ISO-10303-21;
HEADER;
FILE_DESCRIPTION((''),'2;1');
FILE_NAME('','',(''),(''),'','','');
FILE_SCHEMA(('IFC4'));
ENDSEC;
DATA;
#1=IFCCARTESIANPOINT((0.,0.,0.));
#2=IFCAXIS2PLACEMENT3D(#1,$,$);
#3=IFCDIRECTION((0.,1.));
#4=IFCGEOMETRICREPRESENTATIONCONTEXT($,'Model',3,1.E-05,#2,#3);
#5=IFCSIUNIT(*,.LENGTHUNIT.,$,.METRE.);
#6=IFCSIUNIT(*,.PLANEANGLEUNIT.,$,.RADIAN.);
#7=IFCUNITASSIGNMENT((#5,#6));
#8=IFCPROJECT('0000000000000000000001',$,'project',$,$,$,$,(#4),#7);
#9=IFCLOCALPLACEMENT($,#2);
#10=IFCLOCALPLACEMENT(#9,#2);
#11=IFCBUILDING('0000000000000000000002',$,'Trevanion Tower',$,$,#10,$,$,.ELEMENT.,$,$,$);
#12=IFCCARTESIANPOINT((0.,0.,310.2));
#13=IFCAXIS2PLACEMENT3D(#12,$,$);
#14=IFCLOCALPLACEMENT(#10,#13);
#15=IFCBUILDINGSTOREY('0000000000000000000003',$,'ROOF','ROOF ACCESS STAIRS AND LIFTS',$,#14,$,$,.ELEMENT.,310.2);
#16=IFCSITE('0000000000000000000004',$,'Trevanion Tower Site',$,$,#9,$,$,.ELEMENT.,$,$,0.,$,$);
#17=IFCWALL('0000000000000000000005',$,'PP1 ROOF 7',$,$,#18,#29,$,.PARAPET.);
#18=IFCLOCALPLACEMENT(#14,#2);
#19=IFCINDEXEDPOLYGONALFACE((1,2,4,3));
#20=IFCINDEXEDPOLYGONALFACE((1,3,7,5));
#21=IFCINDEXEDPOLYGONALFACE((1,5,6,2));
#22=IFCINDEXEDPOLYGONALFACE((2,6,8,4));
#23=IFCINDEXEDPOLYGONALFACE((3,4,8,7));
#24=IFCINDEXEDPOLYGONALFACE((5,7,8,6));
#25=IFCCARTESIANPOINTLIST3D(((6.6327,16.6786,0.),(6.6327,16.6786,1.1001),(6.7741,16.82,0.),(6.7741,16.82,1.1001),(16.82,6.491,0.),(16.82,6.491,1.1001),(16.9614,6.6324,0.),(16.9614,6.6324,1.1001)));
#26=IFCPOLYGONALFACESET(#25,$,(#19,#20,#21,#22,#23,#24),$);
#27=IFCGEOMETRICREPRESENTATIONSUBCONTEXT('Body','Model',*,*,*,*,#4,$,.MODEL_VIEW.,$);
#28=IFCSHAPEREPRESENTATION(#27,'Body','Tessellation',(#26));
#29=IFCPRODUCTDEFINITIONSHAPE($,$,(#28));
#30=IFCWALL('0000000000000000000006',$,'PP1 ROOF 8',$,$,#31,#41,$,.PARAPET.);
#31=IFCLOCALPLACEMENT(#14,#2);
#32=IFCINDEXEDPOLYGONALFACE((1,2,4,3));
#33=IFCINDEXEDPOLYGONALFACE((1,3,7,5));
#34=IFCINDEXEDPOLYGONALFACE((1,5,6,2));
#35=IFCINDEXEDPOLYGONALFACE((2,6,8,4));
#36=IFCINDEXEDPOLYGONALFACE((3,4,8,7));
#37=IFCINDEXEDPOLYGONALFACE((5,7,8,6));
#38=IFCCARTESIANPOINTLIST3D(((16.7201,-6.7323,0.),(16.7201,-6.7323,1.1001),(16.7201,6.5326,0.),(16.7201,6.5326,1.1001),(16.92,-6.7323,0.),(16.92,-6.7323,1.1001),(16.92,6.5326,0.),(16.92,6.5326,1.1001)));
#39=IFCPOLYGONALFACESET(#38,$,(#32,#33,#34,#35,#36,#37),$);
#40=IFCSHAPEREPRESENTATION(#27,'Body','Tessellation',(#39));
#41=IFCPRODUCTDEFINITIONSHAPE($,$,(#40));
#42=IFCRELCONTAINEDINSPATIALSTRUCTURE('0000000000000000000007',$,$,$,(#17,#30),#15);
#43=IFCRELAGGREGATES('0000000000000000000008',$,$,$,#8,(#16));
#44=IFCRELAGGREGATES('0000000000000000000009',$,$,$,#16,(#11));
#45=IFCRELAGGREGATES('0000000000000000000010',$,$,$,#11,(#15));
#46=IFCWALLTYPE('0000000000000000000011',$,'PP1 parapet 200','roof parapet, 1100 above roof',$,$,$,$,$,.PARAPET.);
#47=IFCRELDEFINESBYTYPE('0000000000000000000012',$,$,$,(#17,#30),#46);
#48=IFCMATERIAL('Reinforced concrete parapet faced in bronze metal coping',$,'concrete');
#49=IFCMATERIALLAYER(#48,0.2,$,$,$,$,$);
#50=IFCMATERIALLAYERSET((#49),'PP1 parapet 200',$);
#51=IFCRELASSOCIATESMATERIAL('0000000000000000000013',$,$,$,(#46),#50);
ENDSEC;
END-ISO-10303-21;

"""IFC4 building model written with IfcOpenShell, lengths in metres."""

from ifc_helpers import new_model, si_unit, direction, frame, frame_2d, origin, place, context, subcontext, project, spatial, rectangle, extrude, material, layer, layer_set, type_object, element, save


model = new_model("IFC4")

# Units and contexts
model_context = context("Model", 3, precision=1e-05, world=origin(), true_north=direction((0.0, 1.0)))
body_context = subcontext(model_context, "Body", "Model", "MODEL_VIEW")
ifc_project = project(units=[si_unit("LENGTHUNIT", "METRE"), si_unit("PLANEANGLEUNIT", "RADIAN")], contexts=[model_context])

# Site, building, storey
site_placement = place(None, origin())
site = spatial("IfcSite", under=ifc_project, at=site_placement, Name="Trevanion Tower Site", CompositionType="ELEMENT", RefElevation=0.0)
building_placement = place(site_placement, origin())
building = spatial("IfcBuilding", under=site, at=building_placement, Name="Trevanion Tower", CompositionType="ELEMENT")
storey_placement = place(building_placement, frame((0.0, 0.0, 310.2)))
storey = spatial("IfcBuildingStorey", under=building, at=storey_placement, Name="ROOF", Description="ROOF ACCESS STAIRS AND LIFTS", CompositionType="ELEMENT", Elevation=310.2)

# Walls
ifc_material_1 = material(Name="Reinforced concrete parapet faced in bronze metal coping", Category="concrete")
ifc_layer_1 = layer(ifc_material_1, 0.2)
ifc_layer_set_1 = layer_set([ifc_layer_1], Name="PP1 parapet 200")
wall_type = type_object("IfcWallType", Name="PP1 parapet 200", Description="roof parapet, 1100 above roof", PredefinedType="PARAPET", material=ifc_layer_set_1)
wall_1_placement = place(storey_placement, frame((6.7034, 16.7493, 0.0), z_axis=(0.0, 0.0, 1.0), x_axis=(0.707098, -0.707115, 0.0)))
element("IfcWall", 1, at=wall_1_placement, inside=storey, type_object=wall_type, Name="PP1 ROOF 7", PredefinedType="PARAPET", context=body_context, shape_type="SweptSolid", body=[
    extrude(rectangle(XDim=14.4072, YDim=0.2, at=frame_2d((7.2036, 0.0))), origin(), (0.0, 0.0, 1.0), 1.1001),
])
wall_2_placement = place(storey_placement, frame((16.8201, 6.5325, 0.0), z_axis=(0.0, 0.0, 1.0), x_axis=(0.0, -1.0, 0.0)))
element("IfcWall", 2, at=wall_2_placement, inside=storey, type_object=wall_type, Name="PP1 ROOF 8", PredefinedType="PARAPET", context=body_context, shape_type="SweptSolid", body=[
    extrude(rectangle(XDim=13.2649, YDim=0.2, at=frame_2d((6.6323, 0.0))), origin(), (0.0, 0.0, 1.0), 1.1001),
])

save(model, "model.ifc")
